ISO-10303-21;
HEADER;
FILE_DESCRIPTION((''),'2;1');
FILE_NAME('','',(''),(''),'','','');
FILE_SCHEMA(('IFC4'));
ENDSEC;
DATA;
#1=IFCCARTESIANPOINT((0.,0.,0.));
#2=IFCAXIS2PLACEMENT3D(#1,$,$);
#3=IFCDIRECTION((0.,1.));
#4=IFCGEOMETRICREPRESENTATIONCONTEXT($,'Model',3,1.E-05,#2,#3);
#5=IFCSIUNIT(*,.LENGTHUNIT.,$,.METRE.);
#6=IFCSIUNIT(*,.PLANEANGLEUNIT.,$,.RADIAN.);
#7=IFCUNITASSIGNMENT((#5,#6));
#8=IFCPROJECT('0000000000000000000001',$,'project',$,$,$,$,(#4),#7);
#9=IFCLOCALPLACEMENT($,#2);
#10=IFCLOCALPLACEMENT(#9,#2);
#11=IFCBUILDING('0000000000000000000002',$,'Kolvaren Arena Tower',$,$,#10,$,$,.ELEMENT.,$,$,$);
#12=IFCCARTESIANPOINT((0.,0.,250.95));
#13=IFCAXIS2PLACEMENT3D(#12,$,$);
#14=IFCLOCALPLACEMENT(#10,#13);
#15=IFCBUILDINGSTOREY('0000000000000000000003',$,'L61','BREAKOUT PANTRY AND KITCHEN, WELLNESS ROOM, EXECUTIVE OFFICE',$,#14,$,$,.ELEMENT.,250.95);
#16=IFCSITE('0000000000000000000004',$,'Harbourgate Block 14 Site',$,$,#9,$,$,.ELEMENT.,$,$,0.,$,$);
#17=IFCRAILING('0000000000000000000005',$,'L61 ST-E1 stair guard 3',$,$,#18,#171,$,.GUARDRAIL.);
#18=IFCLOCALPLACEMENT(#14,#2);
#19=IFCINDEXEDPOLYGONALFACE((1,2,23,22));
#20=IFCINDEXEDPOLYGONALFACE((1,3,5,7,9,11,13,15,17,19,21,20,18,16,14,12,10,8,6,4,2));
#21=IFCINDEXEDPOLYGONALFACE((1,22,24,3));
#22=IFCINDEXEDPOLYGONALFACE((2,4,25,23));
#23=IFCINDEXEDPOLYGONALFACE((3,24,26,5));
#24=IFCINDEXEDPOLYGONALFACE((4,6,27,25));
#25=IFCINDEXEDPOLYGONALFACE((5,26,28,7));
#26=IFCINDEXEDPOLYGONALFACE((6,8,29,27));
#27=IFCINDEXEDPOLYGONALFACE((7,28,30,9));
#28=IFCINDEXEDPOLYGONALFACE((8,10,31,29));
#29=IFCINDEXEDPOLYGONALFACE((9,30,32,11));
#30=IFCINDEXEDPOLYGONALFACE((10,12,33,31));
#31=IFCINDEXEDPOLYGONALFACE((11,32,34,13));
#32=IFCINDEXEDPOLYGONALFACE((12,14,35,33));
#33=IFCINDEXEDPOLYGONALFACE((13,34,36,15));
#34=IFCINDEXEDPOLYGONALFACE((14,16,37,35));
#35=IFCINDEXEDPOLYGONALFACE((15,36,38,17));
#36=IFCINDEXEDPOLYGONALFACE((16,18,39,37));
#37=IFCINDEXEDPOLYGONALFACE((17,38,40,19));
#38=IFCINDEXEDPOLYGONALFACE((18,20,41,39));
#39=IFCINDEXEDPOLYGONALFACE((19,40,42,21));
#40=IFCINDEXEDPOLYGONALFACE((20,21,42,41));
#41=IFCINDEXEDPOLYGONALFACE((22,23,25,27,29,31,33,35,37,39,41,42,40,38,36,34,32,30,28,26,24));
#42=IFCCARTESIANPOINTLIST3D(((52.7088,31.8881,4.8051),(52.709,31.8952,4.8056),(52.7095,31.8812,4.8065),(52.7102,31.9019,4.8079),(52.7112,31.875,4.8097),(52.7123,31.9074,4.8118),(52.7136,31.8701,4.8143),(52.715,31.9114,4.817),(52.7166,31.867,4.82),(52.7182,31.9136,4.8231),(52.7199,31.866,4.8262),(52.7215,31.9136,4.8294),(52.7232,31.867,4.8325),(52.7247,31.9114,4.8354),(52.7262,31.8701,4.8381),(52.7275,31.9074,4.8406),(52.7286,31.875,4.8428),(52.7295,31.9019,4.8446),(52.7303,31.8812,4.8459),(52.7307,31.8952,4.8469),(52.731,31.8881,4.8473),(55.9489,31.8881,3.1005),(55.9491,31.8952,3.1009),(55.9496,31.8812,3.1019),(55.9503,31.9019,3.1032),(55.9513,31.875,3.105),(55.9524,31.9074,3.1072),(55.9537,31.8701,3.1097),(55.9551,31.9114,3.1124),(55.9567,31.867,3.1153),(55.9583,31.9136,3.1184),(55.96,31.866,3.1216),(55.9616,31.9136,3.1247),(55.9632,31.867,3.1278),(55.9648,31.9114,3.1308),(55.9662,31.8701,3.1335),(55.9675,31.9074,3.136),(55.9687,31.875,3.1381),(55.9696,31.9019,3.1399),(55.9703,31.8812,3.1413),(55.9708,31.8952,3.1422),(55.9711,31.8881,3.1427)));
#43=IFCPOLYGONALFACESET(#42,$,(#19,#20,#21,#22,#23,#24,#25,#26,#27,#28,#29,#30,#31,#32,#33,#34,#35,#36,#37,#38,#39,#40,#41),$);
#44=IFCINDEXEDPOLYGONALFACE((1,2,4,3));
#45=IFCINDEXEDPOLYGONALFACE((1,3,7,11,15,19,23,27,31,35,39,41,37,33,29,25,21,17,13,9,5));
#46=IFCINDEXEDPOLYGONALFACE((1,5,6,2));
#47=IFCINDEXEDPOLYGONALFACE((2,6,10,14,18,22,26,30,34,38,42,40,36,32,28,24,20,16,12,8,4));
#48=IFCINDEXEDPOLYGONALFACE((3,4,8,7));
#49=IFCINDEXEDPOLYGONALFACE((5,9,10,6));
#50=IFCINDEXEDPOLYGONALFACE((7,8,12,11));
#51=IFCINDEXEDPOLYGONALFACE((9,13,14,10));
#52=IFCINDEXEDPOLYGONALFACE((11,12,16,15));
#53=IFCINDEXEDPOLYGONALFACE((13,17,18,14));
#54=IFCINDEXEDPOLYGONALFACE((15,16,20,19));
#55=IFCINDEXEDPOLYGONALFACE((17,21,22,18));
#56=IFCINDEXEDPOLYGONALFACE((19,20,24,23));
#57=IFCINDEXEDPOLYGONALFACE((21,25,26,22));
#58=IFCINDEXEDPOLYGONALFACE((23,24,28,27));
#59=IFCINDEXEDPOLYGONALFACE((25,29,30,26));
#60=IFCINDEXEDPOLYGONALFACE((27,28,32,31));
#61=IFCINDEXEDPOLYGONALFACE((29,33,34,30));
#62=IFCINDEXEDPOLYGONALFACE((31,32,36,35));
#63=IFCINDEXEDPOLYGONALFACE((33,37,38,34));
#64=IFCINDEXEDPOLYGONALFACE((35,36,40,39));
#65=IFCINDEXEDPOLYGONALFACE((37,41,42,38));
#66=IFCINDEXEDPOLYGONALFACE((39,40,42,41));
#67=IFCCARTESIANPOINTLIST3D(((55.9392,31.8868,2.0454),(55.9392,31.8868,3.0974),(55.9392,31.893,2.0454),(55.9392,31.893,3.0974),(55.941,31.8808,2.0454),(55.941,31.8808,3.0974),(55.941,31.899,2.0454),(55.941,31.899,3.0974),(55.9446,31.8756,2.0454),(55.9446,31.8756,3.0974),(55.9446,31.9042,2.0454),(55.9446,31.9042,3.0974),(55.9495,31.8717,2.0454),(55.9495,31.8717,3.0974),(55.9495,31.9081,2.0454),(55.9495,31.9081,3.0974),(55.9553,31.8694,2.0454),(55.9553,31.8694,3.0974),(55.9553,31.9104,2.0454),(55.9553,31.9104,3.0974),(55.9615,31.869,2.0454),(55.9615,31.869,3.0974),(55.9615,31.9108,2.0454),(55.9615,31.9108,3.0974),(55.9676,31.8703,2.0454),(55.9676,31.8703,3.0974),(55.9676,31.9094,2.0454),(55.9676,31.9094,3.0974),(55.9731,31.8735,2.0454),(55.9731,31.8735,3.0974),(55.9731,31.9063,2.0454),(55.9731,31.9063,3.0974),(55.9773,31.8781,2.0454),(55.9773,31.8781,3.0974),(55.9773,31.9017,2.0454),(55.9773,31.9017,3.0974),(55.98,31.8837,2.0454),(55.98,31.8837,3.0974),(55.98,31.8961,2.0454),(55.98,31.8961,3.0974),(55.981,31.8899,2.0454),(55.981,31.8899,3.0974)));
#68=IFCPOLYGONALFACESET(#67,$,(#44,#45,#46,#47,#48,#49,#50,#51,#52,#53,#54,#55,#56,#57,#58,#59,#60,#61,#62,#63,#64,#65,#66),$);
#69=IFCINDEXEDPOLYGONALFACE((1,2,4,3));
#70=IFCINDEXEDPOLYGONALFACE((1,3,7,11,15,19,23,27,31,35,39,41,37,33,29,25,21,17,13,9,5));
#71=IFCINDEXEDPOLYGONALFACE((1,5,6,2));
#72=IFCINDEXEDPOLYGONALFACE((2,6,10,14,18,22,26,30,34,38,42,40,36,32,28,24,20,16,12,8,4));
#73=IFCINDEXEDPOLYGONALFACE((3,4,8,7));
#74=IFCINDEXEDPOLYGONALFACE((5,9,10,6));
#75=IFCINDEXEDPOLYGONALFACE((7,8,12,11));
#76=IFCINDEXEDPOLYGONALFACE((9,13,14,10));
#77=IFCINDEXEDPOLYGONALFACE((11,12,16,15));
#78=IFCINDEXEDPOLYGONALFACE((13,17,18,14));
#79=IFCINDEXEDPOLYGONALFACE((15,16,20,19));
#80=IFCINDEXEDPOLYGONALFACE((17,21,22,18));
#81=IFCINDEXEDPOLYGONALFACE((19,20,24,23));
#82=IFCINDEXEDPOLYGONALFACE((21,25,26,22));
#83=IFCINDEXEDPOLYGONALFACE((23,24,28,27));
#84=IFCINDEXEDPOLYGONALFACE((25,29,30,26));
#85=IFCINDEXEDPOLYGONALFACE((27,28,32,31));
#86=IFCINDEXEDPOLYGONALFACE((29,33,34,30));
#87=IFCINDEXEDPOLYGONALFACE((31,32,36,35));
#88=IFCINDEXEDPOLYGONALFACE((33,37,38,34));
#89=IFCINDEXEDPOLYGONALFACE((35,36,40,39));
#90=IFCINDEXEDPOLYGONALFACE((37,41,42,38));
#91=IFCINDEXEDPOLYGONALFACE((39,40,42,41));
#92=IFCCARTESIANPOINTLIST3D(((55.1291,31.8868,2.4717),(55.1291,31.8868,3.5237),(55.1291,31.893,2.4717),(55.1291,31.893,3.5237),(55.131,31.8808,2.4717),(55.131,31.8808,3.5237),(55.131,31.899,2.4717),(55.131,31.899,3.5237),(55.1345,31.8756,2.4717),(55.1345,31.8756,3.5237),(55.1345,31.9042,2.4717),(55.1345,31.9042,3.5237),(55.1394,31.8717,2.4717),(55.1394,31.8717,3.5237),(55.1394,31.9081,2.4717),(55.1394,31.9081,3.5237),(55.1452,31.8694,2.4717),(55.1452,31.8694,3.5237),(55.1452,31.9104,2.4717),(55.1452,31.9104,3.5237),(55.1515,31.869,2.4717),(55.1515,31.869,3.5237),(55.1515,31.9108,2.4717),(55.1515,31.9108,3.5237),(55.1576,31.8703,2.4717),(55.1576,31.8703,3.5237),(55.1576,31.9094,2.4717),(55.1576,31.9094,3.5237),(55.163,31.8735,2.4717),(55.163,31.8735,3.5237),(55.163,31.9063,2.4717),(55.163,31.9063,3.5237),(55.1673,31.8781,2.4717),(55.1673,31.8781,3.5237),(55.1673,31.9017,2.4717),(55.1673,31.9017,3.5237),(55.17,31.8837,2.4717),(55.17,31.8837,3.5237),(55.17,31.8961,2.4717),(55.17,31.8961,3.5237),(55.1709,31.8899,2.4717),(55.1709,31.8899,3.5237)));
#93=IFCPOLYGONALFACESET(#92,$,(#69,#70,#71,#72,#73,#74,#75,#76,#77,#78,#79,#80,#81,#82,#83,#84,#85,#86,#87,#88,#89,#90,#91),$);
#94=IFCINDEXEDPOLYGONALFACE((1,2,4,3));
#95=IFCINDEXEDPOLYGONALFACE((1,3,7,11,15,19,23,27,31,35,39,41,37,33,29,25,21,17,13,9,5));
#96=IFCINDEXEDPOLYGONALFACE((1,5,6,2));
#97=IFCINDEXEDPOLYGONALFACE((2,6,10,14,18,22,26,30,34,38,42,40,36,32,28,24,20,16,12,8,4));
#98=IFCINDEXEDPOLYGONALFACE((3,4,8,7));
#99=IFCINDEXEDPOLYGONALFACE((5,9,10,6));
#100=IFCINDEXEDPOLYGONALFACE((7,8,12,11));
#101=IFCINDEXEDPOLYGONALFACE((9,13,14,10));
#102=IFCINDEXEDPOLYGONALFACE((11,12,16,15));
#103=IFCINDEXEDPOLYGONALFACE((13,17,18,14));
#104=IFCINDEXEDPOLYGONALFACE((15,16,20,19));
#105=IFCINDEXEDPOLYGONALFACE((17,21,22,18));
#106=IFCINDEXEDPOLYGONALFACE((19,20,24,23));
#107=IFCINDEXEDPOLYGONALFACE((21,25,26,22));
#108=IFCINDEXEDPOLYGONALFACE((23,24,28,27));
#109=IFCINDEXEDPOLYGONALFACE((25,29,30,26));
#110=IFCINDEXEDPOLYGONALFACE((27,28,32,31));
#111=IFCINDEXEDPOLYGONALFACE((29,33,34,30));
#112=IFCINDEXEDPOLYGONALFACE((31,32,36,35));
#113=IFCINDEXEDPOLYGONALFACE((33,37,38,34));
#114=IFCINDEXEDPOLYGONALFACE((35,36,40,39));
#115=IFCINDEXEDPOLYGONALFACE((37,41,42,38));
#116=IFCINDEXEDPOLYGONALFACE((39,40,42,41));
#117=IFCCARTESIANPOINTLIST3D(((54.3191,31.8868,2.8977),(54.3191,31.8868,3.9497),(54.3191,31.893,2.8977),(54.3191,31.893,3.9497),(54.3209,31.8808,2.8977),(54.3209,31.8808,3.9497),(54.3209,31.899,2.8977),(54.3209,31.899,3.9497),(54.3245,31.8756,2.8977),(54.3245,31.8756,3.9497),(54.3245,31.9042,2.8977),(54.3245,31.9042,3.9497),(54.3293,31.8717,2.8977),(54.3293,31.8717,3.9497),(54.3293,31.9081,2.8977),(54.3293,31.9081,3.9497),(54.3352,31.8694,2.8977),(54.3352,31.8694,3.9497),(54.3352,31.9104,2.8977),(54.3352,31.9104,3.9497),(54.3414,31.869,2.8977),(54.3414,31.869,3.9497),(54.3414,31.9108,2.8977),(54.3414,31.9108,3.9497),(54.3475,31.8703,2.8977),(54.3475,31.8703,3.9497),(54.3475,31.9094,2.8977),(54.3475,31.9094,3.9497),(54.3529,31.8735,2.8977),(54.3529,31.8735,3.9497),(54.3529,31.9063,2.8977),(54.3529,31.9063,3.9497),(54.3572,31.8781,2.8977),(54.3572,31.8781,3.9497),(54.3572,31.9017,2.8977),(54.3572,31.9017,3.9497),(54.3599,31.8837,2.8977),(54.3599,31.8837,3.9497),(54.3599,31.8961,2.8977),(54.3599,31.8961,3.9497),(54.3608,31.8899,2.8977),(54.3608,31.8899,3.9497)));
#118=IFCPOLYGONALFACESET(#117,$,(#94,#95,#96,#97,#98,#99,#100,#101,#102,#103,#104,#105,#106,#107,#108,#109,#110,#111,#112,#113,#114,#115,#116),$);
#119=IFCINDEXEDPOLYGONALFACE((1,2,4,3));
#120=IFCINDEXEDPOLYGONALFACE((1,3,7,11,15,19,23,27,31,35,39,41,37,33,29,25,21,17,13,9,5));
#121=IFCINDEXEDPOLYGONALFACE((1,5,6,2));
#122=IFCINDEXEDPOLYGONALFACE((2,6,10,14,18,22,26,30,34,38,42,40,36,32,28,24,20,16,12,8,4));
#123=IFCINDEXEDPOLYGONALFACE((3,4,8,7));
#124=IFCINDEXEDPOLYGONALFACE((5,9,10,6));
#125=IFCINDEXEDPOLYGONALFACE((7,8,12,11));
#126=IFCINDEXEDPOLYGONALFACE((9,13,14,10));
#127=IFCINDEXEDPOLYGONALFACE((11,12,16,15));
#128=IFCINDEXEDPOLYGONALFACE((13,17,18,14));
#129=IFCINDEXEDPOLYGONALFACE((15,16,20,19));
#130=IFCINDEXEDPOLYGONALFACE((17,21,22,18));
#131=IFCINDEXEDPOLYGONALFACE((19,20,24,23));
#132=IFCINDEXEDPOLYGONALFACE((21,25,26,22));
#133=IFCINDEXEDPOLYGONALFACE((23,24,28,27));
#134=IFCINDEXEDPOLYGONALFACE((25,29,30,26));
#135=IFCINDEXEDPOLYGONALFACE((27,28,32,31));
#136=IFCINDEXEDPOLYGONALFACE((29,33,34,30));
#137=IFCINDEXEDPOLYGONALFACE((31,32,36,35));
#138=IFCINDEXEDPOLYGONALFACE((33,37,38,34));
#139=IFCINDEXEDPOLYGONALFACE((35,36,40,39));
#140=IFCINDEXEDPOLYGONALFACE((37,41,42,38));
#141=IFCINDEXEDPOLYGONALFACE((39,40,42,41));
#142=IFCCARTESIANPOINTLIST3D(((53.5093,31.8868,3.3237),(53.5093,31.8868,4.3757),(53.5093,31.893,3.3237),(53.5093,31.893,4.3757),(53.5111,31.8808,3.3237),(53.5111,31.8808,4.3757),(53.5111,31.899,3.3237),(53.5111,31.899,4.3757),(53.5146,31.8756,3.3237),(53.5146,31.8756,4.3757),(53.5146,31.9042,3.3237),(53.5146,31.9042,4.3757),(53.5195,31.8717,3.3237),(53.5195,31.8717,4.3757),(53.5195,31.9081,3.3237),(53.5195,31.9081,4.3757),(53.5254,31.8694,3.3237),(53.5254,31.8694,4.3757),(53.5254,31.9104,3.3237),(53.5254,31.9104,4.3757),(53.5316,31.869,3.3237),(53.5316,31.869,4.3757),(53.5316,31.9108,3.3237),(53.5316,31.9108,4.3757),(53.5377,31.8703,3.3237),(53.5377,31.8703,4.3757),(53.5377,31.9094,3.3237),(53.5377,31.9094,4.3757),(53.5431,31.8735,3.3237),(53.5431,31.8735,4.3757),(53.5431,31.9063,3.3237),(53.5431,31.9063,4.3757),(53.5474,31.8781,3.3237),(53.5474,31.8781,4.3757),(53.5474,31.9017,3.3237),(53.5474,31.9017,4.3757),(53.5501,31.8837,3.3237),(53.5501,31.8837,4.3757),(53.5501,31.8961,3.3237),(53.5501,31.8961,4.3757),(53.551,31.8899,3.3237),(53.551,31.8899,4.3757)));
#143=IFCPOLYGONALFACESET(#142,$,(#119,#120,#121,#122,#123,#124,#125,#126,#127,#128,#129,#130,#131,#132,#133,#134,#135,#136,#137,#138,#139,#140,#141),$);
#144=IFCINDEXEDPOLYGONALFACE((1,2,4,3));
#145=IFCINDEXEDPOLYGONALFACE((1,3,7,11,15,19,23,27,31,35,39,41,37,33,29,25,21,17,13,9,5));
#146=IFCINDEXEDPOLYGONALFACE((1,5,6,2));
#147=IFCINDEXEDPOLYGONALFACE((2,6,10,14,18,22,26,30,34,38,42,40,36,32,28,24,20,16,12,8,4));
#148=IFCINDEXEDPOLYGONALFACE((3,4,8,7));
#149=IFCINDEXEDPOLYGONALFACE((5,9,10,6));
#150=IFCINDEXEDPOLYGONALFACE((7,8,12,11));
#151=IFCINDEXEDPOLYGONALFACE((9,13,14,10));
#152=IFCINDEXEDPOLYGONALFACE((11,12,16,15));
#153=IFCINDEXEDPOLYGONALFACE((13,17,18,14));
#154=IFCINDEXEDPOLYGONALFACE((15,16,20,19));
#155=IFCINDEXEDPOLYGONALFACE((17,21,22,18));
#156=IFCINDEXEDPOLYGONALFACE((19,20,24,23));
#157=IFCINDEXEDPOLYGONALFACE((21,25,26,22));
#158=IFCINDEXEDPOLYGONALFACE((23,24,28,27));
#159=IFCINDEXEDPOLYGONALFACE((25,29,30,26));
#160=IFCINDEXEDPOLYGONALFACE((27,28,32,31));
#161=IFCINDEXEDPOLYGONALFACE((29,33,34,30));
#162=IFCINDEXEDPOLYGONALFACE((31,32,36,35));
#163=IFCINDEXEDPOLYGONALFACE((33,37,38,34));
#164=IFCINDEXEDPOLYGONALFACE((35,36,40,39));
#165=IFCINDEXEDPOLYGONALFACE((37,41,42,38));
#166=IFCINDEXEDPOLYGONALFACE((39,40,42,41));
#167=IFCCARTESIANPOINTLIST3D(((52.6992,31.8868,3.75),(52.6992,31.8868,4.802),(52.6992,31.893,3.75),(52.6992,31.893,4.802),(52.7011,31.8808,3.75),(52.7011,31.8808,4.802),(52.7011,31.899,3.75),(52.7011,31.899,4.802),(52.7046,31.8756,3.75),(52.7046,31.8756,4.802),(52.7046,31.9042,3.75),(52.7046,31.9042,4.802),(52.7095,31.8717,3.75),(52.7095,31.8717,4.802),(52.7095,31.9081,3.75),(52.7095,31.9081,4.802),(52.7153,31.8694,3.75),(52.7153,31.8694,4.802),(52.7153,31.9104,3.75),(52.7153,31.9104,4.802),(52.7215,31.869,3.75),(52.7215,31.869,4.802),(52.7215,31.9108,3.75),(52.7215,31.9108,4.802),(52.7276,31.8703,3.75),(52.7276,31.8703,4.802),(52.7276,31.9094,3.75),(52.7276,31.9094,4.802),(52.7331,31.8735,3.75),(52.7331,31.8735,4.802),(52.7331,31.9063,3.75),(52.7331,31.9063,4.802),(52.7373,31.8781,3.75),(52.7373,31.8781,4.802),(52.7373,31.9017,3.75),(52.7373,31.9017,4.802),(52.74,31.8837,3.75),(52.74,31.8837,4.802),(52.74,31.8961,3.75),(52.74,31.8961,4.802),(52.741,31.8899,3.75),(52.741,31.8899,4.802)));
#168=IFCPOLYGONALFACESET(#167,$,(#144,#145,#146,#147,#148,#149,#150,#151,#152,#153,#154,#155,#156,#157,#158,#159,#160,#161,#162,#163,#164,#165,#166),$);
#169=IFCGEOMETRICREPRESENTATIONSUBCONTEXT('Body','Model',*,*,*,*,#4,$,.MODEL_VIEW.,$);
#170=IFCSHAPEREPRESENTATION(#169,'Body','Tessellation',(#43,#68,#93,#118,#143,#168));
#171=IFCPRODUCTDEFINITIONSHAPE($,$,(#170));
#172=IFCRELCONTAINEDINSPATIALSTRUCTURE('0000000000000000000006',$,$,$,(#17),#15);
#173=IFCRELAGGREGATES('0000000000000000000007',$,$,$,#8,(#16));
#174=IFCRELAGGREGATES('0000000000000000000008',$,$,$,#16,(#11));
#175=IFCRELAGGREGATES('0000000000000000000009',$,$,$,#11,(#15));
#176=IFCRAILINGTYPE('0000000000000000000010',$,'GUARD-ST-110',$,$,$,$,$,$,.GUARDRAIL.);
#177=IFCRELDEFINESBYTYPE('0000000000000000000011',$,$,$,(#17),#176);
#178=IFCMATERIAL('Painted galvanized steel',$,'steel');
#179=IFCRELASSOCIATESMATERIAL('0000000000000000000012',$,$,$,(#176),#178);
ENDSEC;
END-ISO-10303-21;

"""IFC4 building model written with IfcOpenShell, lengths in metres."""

from ifc_helpers import new_model, si_unit, direction, frame, origin, origin_2d, place, context, subcontext, project, spatial, circle, extrude, material, type_object, element, save


model = new_model("IFC4")

# Units and contexts
model_context = context("Model", 3, precision=1e-05, world=origin(), true_north=direction((0.0, 1.0)))
body_context = subcontext(model_context, "Body", "Model", "MODEL_VIEW")
ifc_project = project(units=[si_unit("LENGTHUNIT", "METRE"), si_unit("PLANEANGLEUNIT", "RADIAN")], contexts=[model_context])

# Site, building, storey
site_placement = place(None, origin())
site = spatial("IfcSite", under=ifc_project, at=site_placement, Name="Harbourgate Block 14 Site", CompositionType="ELEMENT", RefElevation=0.0)
building_placement = place(site_placement, origin())
building = spatial("IfcBuilding", under=site, at=building_placement, Name="Kolvaren Arena Tower", CompositionType="ELEMENT")
storey_placement = place(building_placement, frame((0.0, 0.0, 250.95)))
storey = spatial("IfcBuildingStorey", under=building, at=storey_placement, Name="L61", Description="BREAKOUT PANTRY AND KITCHEN, WELLNESS ROOM, EXECUTIVE OFFICE", CompositionType="ELEMENT", Elevation=250.95)

# Railing
ifc_material_1 = material(Name="Painted galvanized steel", Category="steel")
railing_type_1 = type_object("IfcRailingType", Name="GUARD-ST-110", PredefinedType="GUARDRAIL", material=ifc_material_1)
railing_1_placement = place(storey_placement, frame((55.96, 31.8899, 2.0454)))
element("IfcRailing", 1, at=railing_1_placement, inside=storey, type_object=railing_type_1, Name="L61 ST-E1 stair guard 3", PredefinedType="GUARDRAIL", context=body_context, shape_type="SweptSolid", body=[
    extrude(circle(Radius=0.0239, at=origin_2d()), frame((0.0, 0.0, 1.0762), z_axis=(-0.884993, 0.0, 0.465604), x_axis=(0.0, -1.0, 0.0)), (0.0, 0.0, 1.0), 3.6611),
    extrude(circle(Radius=0.021, at=origin_2d()), origin(), (0.0, 0.0, 1.0), 1.052),
    extrude(circle(Radius=0.021, at=origin_2d()), frame((-0.8101, 0.0, 0.4263)), (0.0, 0.0, 1.0), 1.052),
    extrude(circle(Radius=0.021, at=origin_2d()), frame((-1.6201, 0.0, 0.8523)), (0.0, 0.0, 1.0), 1.052),
    extrude(circle(Radius=0.021, at=origin_2d()), frame((-2.4299, 0.0, 1.2783)), (0.0, 0.0, 1.0), 1.052),
    extrude(circle(Radius=0.021, at=origin_2d()), frame((-3.24, 0.0, 1.7046)), (0.0, 0.0, 1.0), 1.052),
])

save(model, "model.ifc")
